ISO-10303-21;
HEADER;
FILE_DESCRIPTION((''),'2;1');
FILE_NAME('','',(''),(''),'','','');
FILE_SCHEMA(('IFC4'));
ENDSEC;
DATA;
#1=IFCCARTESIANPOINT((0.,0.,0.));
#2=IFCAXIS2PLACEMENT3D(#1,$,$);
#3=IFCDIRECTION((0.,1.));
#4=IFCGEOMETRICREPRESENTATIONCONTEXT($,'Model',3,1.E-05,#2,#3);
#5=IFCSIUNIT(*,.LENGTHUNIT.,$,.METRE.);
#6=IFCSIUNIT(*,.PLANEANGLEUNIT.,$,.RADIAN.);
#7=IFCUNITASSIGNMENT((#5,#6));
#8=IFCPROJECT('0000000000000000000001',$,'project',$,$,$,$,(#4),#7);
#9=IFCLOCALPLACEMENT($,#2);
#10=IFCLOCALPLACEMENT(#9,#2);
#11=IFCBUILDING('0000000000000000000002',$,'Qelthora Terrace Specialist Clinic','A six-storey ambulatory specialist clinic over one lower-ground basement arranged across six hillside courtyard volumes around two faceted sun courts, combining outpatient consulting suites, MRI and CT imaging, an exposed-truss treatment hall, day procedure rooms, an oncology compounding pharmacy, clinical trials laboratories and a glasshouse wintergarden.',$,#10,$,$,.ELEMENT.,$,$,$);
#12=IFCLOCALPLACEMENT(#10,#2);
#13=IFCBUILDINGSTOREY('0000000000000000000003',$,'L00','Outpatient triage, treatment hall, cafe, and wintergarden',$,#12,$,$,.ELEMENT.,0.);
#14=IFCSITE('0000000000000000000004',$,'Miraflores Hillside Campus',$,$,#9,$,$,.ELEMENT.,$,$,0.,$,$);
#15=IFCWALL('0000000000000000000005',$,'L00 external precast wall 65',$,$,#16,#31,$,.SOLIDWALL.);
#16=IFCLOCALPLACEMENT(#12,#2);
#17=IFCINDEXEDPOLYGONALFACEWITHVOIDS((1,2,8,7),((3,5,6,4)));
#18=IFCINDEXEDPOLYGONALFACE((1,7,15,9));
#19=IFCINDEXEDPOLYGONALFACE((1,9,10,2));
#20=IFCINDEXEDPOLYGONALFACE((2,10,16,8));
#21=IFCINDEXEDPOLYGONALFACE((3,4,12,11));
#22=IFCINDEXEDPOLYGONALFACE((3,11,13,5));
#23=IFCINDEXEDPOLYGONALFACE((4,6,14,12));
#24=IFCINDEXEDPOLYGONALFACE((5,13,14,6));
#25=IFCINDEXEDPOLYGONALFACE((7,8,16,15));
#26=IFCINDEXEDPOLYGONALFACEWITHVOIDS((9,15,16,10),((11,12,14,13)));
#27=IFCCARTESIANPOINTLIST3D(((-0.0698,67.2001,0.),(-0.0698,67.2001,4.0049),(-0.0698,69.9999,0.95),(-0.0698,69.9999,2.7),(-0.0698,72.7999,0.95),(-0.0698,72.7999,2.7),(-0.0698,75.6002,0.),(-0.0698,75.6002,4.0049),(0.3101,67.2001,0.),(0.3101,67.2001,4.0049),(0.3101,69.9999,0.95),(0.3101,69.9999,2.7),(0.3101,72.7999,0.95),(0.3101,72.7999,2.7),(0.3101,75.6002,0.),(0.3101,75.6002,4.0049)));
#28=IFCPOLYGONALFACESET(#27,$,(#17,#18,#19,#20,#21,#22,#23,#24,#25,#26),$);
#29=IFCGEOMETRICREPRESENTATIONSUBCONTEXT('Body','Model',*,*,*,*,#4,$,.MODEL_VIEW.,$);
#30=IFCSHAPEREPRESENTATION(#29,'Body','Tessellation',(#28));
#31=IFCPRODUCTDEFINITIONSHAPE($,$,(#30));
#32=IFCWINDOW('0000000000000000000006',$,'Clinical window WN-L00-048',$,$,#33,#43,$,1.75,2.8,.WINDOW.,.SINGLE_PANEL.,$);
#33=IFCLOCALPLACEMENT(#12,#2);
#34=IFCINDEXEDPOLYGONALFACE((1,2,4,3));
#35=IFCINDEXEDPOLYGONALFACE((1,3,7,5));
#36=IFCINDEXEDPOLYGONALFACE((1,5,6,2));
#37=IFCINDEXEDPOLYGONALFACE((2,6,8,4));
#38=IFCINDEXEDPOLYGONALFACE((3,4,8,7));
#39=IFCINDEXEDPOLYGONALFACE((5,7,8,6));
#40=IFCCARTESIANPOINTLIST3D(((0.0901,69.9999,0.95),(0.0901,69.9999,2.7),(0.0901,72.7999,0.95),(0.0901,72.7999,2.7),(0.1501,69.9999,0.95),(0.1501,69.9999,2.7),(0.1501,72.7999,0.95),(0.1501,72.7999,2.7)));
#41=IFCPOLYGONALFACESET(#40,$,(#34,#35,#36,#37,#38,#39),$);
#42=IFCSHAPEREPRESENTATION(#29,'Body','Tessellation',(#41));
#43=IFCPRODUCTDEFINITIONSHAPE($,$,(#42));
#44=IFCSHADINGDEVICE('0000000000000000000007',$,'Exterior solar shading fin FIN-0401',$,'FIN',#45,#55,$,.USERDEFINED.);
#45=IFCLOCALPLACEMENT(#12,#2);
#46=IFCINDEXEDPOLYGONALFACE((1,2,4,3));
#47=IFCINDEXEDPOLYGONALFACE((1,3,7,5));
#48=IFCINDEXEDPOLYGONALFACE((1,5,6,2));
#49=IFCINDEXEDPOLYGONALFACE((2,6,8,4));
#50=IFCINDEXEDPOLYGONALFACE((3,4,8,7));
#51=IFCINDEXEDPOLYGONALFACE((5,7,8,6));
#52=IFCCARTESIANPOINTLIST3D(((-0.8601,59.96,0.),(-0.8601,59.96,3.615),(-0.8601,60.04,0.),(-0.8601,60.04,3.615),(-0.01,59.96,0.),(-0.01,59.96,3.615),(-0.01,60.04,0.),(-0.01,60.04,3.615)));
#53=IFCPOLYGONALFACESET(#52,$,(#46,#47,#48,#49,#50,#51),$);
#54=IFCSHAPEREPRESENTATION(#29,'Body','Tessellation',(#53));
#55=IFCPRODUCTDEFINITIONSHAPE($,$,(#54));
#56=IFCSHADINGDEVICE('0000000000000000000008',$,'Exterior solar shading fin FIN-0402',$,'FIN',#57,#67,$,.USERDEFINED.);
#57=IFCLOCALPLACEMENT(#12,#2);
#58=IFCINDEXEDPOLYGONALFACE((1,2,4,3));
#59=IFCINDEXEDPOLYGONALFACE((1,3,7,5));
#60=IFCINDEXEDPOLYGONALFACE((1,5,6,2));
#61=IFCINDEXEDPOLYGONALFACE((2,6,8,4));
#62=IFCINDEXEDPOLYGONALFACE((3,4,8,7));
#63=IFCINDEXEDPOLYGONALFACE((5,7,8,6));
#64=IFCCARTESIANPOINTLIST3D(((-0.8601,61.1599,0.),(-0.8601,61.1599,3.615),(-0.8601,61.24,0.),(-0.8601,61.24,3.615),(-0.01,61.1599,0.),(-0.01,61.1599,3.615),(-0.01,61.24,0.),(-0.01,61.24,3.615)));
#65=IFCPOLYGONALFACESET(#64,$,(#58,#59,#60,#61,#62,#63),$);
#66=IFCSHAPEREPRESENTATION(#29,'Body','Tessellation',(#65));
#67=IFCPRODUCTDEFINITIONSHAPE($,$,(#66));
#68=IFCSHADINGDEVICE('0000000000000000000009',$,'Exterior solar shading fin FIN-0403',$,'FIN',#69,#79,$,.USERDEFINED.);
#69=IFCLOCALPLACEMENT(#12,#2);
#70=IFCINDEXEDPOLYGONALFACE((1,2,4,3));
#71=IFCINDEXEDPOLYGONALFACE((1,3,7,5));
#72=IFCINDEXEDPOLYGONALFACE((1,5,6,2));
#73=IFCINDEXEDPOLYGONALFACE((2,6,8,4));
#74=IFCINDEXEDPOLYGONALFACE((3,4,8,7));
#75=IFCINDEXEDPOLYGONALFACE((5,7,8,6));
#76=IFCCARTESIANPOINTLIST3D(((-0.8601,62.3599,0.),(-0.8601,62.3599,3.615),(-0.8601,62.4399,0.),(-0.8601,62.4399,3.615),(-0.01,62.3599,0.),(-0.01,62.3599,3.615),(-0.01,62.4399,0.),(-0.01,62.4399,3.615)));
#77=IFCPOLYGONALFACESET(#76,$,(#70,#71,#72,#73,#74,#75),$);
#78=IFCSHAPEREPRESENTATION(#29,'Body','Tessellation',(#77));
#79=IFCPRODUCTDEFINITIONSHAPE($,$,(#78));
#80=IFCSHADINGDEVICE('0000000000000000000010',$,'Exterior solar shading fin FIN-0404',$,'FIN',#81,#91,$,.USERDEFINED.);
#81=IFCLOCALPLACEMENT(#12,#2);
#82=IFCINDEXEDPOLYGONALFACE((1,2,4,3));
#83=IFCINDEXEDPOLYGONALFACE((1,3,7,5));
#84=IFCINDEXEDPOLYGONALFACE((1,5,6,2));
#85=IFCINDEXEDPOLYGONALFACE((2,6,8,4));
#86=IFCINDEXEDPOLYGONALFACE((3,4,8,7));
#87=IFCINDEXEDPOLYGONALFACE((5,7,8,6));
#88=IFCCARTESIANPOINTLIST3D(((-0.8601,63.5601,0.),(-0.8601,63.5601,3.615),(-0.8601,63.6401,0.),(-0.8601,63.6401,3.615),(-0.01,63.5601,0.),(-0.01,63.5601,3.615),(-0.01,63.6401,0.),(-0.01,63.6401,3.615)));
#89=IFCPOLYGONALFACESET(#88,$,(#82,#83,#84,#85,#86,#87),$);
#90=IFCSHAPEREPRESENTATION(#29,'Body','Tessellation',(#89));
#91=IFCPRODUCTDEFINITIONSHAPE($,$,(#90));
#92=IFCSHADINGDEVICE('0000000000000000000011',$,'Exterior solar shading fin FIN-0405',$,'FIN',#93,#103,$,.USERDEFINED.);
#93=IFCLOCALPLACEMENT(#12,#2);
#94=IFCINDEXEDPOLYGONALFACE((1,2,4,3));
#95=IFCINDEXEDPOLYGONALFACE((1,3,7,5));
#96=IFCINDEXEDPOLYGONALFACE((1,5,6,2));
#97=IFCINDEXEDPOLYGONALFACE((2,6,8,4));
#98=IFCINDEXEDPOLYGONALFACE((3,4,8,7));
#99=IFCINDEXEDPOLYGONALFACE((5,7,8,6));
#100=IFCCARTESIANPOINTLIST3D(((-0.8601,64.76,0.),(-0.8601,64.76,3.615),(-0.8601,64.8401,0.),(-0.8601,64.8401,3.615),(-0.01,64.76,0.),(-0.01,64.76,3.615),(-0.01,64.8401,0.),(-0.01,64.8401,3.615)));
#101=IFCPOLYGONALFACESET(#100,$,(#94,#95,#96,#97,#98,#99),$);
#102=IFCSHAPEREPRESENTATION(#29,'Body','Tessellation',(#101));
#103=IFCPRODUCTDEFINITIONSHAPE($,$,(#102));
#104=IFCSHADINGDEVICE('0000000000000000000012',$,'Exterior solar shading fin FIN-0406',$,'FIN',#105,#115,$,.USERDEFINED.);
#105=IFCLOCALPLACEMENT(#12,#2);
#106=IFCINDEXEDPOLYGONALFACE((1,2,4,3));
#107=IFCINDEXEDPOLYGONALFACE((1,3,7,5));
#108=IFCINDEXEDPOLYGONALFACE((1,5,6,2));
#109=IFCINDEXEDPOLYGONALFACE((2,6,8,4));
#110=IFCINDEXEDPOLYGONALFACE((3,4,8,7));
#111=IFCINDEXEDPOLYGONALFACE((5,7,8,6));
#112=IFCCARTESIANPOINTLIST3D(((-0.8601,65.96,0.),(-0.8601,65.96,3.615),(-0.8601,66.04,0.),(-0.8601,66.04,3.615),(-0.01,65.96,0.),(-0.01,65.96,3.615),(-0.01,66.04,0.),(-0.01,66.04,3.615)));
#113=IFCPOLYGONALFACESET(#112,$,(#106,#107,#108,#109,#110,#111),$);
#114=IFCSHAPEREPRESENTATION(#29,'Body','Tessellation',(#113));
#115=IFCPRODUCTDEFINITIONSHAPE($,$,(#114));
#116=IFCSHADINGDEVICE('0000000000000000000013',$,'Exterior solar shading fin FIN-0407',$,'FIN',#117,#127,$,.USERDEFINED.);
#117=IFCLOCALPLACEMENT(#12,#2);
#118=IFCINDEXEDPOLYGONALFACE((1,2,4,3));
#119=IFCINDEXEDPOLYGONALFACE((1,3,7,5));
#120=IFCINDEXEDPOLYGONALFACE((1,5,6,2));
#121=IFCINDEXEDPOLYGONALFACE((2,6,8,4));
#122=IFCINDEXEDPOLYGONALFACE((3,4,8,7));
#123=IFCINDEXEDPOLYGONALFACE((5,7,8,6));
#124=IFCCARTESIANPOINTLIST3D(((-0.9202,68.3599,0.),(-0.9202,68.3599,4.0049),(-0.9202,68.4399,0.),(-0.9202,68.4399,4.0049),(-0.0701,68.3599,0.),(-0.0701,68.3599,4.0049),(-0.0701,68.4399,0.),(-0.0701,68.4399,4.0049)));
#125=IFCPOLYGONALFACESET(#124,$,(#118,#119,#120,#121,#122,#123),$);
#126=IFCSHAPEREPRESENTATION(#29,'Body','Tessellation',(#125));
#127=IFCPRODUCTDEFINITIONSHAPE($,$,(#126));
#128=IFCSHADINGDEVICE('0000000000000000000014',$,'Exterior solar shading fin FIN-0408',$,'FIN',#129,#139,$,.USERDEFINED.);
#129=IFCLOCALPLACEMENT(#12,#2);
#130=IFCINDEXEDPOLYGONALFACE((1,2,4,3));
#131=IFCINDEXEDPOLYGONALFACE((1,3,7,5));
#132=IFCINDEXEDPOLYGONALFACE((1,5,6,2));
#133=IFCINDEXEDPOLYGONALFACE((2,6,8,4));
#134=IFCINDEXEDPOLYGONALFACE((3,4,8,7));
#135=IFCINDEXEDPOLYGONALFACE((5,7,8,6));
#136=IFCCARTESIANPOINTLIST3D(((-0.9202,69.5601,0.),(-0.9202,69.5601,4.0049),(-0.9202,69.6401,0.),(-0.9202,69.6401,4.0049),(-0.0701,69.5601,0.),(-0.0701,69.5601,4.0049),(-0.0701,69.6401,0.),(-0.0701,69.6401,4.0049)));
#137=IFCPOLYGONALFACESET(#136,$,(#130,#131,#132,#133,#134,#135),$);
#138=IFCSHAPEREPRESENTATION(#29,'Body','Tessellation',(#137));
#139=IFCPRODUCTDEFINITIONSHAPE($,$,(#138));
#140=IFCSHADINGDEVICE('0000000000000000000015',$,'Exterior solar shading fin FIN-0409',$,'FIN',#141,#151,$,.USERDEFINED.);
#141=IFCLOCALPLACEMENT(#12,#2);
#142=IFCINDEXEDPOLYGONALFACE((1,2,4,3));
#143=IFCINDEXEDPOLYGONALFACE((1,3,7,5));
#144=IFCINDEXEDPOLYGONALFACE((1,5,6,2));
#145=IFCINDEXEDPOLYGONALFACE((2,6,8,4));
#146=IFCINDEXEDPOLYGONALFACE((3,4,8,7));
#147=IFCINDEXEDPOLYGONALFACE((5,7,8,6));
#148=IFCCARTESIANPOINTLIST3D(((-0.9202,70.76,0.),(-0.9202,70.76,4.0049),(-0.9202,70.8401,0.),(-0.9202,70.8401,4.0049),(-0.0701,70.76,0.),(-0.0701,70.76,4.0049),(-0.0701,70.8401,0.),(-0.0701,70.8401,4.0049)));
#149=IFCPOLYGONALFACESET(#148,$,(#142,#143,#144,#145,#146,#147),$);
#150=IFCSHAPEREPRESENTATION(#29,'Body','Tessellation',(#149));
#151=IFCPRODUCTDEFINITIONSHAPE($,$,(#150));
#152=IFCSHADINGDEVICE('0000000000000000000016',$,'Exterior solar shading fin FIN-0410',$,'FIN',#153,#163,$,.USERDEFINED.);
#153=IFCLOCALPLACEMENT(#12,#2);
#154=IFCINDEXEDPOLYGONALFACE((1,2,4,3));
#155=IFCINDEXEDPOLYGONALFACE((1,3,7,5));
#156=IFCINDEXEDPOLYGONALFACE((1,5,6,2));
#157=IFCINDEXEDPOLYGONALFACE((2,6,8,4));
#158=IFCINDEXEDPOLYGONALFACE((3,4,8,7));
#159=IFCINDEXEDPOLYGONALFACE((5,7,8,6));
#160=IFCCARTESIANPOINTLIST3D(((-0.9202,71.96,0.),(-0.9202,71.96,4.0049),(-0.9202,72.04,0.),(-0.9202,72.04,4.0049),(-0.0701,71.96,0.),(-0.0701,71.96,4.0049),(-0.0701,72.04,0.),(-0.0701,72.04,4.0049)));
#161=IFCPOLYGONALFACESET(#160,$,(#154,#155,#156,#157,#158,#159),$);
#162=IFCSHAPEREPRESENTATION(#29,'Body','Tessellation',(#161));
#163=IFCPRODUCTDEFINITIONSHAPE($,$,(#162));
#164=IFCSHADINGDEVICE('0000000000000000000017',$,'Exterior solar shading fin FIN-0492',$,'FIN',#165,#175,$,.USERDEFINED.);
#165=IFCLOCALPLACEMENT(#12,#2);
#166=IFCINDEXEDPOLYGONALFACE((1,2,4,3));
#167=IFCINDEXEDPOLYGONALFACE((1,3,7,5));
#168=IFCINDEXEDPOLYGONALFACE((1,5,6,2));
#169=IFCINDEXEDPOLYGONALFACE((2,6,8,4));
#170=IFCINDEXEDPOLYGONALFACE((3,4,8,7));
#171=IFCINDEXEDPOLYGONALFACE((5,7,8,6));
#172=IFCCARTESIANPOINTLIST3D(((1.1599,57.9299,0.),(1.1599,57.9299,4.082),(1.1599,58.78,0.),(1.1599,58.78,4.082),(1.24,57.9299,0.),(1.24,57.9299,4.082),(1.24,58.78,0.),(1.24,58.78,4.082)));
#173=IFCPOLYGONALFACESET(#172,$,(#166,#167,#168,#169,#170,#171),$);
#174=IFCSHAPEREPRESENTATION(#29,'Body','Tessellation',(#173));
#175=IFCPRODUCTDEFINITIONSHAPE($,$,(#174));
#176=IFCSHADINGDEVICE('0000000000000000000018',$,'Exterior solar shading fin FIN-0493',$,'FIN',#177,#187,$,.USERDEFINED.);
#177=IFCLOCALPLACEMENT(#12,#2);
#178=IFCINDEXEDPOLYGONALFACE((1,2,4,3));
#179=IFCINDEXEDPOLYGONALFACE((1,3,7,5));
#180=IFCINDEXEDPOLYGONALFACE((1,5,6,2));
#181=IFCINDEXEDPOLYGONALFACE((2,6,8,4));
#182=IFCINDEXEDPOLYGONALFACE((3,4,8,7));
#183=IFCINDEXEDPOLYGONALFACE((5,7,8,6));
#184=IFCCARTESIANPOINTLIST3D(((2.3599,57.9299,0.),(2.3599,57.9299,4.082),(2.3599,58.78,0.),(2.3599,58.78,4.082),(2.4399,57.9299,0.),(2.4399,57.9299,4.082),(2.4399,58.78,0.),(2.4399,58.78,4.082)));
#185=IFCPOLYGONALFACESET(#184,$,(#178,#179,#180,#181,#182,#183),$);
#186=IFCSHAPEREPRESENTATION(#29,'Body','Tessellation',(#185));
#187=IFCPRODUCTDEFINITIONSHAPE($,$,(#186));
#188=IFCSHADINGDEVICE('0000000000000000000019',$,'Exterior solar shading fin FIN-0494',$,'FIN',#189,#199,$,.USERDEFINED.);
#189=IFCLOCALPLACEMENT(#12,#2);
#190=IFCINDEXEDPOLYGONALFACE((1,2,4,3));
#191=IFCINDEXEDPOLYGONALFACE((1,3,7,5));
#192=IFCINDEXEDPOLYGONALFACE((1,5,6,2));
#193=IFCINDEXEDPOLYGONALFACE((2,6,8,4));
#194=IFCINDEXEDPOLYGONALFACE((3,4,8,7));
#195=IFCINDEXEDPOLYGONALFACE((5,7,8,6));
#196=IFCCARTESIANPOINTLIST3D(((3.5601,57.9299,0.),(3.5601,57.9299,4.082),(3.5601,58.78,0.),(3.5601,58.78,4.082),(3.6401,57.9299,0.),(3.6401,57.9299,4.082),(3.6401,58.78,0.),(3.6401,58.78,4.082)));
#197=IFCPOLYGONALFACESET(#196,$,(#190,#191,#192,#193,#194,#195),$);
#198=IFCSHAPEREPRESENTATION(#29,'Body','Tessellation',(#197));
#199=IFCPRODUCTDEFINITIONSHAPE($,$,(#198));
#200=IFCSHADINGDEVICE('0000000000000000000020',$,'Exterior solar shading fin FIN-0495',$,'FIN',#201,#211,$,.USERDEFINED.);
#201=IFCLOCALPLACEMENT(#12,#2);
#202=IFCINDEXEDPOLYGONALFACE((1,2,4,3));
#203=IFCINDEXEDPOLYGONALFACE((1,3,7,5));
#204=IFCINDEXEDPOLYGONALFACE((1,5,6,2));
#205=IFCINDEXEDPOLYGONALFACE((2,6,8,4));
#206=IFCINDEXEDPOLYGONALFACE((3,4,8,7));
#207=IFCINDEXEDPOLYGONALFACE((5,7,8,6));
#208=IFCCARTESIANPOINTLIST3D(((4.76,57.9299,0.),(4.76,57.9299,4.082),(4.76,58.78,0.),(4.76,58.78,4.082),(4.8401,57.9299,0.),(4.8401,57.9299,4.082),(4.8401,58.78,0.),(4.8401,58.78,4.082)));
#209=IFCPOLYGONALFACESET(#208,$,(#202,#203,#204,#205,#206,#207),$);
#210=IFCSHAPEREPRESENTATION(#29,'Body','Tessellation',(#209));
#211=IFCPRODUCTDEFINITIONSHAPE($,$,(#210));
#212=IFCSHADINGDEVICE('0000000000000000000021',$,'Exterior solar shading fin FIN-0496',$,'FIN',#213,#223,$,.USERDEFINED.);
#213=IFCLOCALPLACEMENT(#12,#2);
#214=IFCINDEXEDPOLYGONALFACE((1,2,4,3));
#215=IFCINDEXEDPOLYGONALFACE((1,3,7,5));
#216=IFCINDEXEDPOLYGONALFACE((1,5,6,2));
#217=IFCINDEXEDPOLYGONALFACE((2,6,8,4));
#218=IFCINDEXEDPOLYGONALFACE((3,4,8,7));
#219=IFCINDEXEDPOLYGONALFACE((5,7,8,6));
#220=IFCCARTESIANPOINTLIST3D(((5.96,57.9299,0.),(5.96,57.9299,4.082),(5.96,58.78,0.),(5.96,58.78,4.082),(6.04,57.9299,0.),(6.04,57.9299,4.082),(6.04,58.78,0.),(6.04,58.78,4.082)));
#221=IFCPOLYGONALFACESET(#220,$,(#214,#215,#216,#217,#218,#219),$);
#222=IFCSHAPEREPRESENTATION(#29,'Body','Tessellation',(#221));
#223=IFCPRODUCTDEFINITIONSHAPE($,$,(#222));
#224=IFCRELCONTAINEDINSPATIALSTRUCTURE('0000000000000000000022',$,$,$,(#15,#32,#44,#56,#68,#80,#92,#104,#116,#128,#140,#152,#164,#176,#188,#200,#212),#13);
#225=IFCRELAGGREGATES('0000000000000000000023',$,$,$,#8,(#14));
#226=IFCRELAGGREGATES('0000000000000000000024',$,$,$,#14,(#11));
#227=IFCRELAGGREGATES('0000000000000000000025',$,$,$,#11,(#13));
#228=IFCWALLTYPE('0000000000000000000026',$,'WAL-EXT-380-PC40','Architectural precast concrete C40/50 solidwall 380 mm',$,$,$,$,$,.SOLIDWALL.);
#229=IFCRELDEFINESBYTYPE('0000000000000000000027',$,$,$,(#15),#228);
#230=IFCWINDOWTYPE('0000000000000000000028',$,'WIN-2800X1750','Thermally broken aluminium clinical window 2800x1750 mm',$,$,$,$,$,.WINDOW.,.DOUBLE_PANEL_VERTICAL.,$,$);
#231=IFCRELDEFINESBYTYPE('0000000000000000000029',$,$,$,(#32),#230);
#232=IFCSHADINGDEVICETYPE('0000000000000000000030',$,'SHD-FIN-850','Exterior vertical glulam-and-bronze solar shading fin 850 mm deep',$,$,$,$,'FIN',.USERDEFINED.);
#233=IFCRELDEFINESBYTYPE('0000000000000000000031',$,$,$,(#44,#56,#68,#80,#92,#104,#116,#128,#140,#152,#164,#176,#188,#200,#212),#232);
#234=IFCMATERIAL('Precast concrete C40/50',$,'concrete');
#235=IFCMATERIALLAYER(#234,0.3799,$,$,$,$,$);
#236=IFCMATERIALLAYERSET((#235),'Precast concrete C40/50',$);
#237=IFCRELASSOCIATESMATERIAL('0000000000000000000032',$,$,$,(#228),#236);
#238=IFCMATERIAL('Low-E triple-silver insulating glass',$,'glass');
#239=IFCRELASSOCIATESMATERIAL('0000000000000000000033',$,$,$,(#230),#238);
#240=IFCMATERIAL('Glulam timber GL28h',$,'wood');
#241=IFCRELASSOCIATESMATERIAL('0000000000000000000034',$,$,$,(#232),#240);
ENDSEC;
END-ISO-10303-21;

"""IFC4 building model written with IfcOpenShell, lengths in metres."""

from ifc_helpers import new_model, si_unit, direction, frame, frame_2d, origin, origin_2d, place, context, subcontext, project, spatial, rectangle, extrude, material, layer, layer_set, type_object, element, fill, save


model = new_model("IFC4")

# Units and contexts
model_context = context("Model", 3, precision=1e-05, world=origin(), true_north=direction((0.0, 1.0)))
body_context = subcontext(model_context, "Body", "Model", "MODEL_VIEW")
ifc_project = project(units=[si_unit("LENGTHUNIT", "METRE"), si_unit("PLANEANGLEUNIT", "RADIAN")], contexts=[model_context])

# Site, building, storey
site_placement = place(None, origin())
site = spatial("IfcSite", under=ifc_project, at=site_placement, Name="Miraflores Hillside Campus", CompositionType="ELEMENT", RefElevation=0.0)
building_placement = place(site_placement, origin())
building = spatial("IfcBuilding", under=site, at=building_placement, Name="Qelthora Terrace Specialist Clinic", Description="A six-storey ambulatory specialist clinic over one lower-ground basement arranged across six hillside courtyard volumes around two faceted sun courts, combining outpatient consulting suites, MRI and CT imaging, an exposed-truss treatment hall, day procedure rooms, an oncology compounding pharmacy, clinical trials laboratories and a glasshouse wintergarden.", CompositionType="ELEMENT")
storey_placement = place(building_placement, origin())
storey = spatial("IfcBuildingStorey", under=building, at=storey_placement, Name="L00", Description="Outpatient triage, treatment hall, cafe, and wintergarden", CompositionType="ELEMENT", Elevation=0.0)

# Wall, opening, window
ifc_material_1 = material(Name="Precast concrete C40/50", Category="concrete")
ifc_material_2 = material(Name="Low-E triple-silver insulating glass", Category="glass")
ifc_layer_1 = layer(ifc_material_1, 0.3799)
ifc_layer_set_1 = layer_set([ifc_layer_1], Name="Precast concrete C40/50")
wall_type_1 = type_object("IfcWallType", Name="WAL-EXT-380-PC40", Description="Architectural precast concrete C40/50 solidwall 380 mm", PredefinedType="SOLIDWALL", material=ifc_layer_set_1)
wall_1_placement = place(storey_placement, frame((0.1201, 67.2, 0.0), z_axis=(0.0, 0.0, 1.0), x_axis=(0.0, 1.0, 0.0)))
wall_1 = element("IfcWall", 1, at=wall_1_placement, inside=storey, type_object=wall_type_1, Name="L00 external precast wall 65", PredefinedType="SOLIDWALL", context=body_context, shape_type="SweptSolid", body=[
    extrude(rectangle(XDim=8.4001, YDim=0.3799, at=frame_2d((4.2002, 0.0))), origin(), (0.0, 0.0, 1.0), 4.0049),
])
opening_1_placement = place(wall_1_placement, frame((2.8, 0.0, 0.95)))
opening_1 = element("IfcOpeningElement", 2, at=opening_1_placement, cuts=wall_1, PredefinedType="OPENING", context=body_context, shape_type="SweptSolid", body=[
    extrude(rectangle(XDim=2.8, YDim=1.75, at=frame_2d((1.3999, 0.875))), frame((0.0, 0.2, 0.0), z_axis=(0.0, -1.0, 0.0), x_axis=(1.0, 0.0, 0.0)), (0.0, 0.0, 1.0), 0.3999),
])
window_type_1 = type_object("IfcWindowType", Name="WIN-2800X1750", Description="Thermally broken aluminium clinical window 2800x1750 mm", PartitioningType="DOUBLE_PANEL_VERTICAL", PredefinedType="WINDOW", material=ifc_material_2)
window_1_placement = place(opening_1_placement, origin())
window_1 = element("IfcWindow", 3, at=window_1_placement, inside=storey, type_object=window_type_1, Name="Clinical window WN-L00-048", OverallHeight=1.75, OverallWidth=2.8, PartitioningType="SINGLE_PANEL", PredefinedType="WINDOW", context=body_context, shape_type="SweptSolid", body=[
    extrude(rectangle(XDim=2.8, YDim=1.75, at=frame_2d((1.3999, 0.875))), frame((0.0, 0.03, 0.0), z_axis=(0.0, -1.0, 0.0), x_axis=(1.0, 0.0, 0.0)), (0.0, 0.0, 1.0), 0.0601),
])
fill(opening_1, window_1)

# Shading devices
ifc_material_3 = material(Name="Glulam timber GL28h", Category="wood")
shading_device_type = type_object("IfcShadingDeviceType", Name="SHD-FIN-850", Description="Exterior vertical glulam-and-bronze solar shading fin 850 mm deep", ElementType="FIN", PredefinedType="USERDEFINED", material=ifc_material_3)
for number, where, z_axis, x_axis, name in (
    (4, (-0.4351, 60.0, 0.0), (0.0, 0.0, 1.0), (-1.0, 0.0, 0.0), "Exterior solar shading fin FIN-0401"),
    (5, (-0.4351, 61.2, 0.0), (0.0, 0.0, 1.0), (-1.0, 0.0, 0.0), "Exterior solar shading fin FIN-0402"),
    (6, (-0.4351, 62.3999, 0.0), (0.0, 0.0, 1.0), (-1.0, 0.0, 0.0), "Exterior solar shading fin FIN-0403"),
    (7, (-0.4351, 63.6001, 0.0), (0.0, 0.0, 1.0), (-1.0, 0.0, 0.0), "Exterior solar shading fin FIN-0404"),
    (8, (-0.4351, 64.8, 0.0), (0.0, 0.0, 1.0), (-1.0, 0.0, 0.0), "Exterior solar shading fin FIN-0405"),
    (9, (-0.4351, 66.0, 0.0), (0.0, 0.0, 1.0), (-1.0, 0.0, 0.0), "Exterior solar shading fin FIN-0406"),
):
    element("IfcShadingDevice", number, at=place(storey_placement, frame(where, z_axis=z_axis, x_axis=x_axis)), inside=storey, type_object=shading_device_type, Name=name, ObjectType="FIN", PredefinedType="USERDEFINED", context=body_context, shape_type="SweptSolid", body=[
        extrude(rectangle(XDim=0.8501, YDim=0.0801, at=origin_2d()), origin(), (0.0, 0.0, 1.0), 3.615),
    ])
for number, where, z_axis, x_axis, name in (
    (10, (-0.4951, 68.3999, 0.0), (0.0, 0.0, 1.0), (-1.0, 0.0, 0.0), "Exterior solar shading fin FIN-0407"),
    (11, (-0.4951, 69.6001, 0.0), (0.0, 0.0, 1.0), (-1.0, 0.0, 0.0), "Exterior solar shading fin FIN-0408"),
    (12, (-0.4951, 70.8, 0.0), (0.0, 0.0, 1.0), (-1.0, 0.0, 0.0), "Exterior solar shading fin FIN-0409"),
    (13, (-0.4951, 72.0, 0.0), (0.0, 0.0, 1.0), (-1.0, 0.0, 0.0), "Exterior solar shading fin FIN-0410"),
):
    element("IfcShadingDevice", number, at=place(storey_placement, frame(where, z_axis=z_axis, x_axis=x_axis)), inside=storey, type_object=shading_device_type, Name=name, ObjectType="FIN", PredefinedType="USERDEFINED", context=body_context, shape_type="SweptSolid", body=[
        extrude(rectangle(XDim=0.8501, YDim=0.0801, at=origin_2d()), origin(), (0.0, 0.0, 1.0), 4.0049),
    ])
for number, where, z_axis, x_axis, name in (
    (14, (1.2, 58.355, 0.0), (0.0, 0.0, 1.0), (0.0, -1.0, 0.0), "Exterior solar shading fin FIN-0492"),
    (15, (2.3999, 58.355, 0.0), (0.0, 0.0, 1.0), (0.0, -1.0, 0.0), "Exterior solar shading fin FIN-0493"),
    (16, (3.6001, 58.355, 0.0), (0.0, 0.0, 1.0), (0.0, -1.0, 0.0), "Exterior solar shading fin FIN-0494"),
    (17, (4.8, 58.355, 0.0), (0.0, 0.0, 1.0), (0.0, -1.0, 0.0), "Exterior solar shading fin FIN-0495"),
    (18, (6.0, 58.355, 0.0), (0.0, 0.0, 1.0), (0.0, -1.0, 0.0), "Exterior solar shading fin FIN-0496"),
):
    element("IfcShadingDevice", number, at=place(storey_placement, frame(where, z_axis=z_axis, x_axis=x_axis)), inside=storey, type_object=shading_device_type, Name=name, ObjectType="FIN", PredefinedType="USERDEFINED", context=body_context, shape_type="SweptSolid", body=[
        extrude(rectangle(XDim=0.8501, YDim=0.0801, at=origin_2d()), origin(), (0.0, 0.0, 1.0), 4.082),
    ])

save(model, "model.ifc")
